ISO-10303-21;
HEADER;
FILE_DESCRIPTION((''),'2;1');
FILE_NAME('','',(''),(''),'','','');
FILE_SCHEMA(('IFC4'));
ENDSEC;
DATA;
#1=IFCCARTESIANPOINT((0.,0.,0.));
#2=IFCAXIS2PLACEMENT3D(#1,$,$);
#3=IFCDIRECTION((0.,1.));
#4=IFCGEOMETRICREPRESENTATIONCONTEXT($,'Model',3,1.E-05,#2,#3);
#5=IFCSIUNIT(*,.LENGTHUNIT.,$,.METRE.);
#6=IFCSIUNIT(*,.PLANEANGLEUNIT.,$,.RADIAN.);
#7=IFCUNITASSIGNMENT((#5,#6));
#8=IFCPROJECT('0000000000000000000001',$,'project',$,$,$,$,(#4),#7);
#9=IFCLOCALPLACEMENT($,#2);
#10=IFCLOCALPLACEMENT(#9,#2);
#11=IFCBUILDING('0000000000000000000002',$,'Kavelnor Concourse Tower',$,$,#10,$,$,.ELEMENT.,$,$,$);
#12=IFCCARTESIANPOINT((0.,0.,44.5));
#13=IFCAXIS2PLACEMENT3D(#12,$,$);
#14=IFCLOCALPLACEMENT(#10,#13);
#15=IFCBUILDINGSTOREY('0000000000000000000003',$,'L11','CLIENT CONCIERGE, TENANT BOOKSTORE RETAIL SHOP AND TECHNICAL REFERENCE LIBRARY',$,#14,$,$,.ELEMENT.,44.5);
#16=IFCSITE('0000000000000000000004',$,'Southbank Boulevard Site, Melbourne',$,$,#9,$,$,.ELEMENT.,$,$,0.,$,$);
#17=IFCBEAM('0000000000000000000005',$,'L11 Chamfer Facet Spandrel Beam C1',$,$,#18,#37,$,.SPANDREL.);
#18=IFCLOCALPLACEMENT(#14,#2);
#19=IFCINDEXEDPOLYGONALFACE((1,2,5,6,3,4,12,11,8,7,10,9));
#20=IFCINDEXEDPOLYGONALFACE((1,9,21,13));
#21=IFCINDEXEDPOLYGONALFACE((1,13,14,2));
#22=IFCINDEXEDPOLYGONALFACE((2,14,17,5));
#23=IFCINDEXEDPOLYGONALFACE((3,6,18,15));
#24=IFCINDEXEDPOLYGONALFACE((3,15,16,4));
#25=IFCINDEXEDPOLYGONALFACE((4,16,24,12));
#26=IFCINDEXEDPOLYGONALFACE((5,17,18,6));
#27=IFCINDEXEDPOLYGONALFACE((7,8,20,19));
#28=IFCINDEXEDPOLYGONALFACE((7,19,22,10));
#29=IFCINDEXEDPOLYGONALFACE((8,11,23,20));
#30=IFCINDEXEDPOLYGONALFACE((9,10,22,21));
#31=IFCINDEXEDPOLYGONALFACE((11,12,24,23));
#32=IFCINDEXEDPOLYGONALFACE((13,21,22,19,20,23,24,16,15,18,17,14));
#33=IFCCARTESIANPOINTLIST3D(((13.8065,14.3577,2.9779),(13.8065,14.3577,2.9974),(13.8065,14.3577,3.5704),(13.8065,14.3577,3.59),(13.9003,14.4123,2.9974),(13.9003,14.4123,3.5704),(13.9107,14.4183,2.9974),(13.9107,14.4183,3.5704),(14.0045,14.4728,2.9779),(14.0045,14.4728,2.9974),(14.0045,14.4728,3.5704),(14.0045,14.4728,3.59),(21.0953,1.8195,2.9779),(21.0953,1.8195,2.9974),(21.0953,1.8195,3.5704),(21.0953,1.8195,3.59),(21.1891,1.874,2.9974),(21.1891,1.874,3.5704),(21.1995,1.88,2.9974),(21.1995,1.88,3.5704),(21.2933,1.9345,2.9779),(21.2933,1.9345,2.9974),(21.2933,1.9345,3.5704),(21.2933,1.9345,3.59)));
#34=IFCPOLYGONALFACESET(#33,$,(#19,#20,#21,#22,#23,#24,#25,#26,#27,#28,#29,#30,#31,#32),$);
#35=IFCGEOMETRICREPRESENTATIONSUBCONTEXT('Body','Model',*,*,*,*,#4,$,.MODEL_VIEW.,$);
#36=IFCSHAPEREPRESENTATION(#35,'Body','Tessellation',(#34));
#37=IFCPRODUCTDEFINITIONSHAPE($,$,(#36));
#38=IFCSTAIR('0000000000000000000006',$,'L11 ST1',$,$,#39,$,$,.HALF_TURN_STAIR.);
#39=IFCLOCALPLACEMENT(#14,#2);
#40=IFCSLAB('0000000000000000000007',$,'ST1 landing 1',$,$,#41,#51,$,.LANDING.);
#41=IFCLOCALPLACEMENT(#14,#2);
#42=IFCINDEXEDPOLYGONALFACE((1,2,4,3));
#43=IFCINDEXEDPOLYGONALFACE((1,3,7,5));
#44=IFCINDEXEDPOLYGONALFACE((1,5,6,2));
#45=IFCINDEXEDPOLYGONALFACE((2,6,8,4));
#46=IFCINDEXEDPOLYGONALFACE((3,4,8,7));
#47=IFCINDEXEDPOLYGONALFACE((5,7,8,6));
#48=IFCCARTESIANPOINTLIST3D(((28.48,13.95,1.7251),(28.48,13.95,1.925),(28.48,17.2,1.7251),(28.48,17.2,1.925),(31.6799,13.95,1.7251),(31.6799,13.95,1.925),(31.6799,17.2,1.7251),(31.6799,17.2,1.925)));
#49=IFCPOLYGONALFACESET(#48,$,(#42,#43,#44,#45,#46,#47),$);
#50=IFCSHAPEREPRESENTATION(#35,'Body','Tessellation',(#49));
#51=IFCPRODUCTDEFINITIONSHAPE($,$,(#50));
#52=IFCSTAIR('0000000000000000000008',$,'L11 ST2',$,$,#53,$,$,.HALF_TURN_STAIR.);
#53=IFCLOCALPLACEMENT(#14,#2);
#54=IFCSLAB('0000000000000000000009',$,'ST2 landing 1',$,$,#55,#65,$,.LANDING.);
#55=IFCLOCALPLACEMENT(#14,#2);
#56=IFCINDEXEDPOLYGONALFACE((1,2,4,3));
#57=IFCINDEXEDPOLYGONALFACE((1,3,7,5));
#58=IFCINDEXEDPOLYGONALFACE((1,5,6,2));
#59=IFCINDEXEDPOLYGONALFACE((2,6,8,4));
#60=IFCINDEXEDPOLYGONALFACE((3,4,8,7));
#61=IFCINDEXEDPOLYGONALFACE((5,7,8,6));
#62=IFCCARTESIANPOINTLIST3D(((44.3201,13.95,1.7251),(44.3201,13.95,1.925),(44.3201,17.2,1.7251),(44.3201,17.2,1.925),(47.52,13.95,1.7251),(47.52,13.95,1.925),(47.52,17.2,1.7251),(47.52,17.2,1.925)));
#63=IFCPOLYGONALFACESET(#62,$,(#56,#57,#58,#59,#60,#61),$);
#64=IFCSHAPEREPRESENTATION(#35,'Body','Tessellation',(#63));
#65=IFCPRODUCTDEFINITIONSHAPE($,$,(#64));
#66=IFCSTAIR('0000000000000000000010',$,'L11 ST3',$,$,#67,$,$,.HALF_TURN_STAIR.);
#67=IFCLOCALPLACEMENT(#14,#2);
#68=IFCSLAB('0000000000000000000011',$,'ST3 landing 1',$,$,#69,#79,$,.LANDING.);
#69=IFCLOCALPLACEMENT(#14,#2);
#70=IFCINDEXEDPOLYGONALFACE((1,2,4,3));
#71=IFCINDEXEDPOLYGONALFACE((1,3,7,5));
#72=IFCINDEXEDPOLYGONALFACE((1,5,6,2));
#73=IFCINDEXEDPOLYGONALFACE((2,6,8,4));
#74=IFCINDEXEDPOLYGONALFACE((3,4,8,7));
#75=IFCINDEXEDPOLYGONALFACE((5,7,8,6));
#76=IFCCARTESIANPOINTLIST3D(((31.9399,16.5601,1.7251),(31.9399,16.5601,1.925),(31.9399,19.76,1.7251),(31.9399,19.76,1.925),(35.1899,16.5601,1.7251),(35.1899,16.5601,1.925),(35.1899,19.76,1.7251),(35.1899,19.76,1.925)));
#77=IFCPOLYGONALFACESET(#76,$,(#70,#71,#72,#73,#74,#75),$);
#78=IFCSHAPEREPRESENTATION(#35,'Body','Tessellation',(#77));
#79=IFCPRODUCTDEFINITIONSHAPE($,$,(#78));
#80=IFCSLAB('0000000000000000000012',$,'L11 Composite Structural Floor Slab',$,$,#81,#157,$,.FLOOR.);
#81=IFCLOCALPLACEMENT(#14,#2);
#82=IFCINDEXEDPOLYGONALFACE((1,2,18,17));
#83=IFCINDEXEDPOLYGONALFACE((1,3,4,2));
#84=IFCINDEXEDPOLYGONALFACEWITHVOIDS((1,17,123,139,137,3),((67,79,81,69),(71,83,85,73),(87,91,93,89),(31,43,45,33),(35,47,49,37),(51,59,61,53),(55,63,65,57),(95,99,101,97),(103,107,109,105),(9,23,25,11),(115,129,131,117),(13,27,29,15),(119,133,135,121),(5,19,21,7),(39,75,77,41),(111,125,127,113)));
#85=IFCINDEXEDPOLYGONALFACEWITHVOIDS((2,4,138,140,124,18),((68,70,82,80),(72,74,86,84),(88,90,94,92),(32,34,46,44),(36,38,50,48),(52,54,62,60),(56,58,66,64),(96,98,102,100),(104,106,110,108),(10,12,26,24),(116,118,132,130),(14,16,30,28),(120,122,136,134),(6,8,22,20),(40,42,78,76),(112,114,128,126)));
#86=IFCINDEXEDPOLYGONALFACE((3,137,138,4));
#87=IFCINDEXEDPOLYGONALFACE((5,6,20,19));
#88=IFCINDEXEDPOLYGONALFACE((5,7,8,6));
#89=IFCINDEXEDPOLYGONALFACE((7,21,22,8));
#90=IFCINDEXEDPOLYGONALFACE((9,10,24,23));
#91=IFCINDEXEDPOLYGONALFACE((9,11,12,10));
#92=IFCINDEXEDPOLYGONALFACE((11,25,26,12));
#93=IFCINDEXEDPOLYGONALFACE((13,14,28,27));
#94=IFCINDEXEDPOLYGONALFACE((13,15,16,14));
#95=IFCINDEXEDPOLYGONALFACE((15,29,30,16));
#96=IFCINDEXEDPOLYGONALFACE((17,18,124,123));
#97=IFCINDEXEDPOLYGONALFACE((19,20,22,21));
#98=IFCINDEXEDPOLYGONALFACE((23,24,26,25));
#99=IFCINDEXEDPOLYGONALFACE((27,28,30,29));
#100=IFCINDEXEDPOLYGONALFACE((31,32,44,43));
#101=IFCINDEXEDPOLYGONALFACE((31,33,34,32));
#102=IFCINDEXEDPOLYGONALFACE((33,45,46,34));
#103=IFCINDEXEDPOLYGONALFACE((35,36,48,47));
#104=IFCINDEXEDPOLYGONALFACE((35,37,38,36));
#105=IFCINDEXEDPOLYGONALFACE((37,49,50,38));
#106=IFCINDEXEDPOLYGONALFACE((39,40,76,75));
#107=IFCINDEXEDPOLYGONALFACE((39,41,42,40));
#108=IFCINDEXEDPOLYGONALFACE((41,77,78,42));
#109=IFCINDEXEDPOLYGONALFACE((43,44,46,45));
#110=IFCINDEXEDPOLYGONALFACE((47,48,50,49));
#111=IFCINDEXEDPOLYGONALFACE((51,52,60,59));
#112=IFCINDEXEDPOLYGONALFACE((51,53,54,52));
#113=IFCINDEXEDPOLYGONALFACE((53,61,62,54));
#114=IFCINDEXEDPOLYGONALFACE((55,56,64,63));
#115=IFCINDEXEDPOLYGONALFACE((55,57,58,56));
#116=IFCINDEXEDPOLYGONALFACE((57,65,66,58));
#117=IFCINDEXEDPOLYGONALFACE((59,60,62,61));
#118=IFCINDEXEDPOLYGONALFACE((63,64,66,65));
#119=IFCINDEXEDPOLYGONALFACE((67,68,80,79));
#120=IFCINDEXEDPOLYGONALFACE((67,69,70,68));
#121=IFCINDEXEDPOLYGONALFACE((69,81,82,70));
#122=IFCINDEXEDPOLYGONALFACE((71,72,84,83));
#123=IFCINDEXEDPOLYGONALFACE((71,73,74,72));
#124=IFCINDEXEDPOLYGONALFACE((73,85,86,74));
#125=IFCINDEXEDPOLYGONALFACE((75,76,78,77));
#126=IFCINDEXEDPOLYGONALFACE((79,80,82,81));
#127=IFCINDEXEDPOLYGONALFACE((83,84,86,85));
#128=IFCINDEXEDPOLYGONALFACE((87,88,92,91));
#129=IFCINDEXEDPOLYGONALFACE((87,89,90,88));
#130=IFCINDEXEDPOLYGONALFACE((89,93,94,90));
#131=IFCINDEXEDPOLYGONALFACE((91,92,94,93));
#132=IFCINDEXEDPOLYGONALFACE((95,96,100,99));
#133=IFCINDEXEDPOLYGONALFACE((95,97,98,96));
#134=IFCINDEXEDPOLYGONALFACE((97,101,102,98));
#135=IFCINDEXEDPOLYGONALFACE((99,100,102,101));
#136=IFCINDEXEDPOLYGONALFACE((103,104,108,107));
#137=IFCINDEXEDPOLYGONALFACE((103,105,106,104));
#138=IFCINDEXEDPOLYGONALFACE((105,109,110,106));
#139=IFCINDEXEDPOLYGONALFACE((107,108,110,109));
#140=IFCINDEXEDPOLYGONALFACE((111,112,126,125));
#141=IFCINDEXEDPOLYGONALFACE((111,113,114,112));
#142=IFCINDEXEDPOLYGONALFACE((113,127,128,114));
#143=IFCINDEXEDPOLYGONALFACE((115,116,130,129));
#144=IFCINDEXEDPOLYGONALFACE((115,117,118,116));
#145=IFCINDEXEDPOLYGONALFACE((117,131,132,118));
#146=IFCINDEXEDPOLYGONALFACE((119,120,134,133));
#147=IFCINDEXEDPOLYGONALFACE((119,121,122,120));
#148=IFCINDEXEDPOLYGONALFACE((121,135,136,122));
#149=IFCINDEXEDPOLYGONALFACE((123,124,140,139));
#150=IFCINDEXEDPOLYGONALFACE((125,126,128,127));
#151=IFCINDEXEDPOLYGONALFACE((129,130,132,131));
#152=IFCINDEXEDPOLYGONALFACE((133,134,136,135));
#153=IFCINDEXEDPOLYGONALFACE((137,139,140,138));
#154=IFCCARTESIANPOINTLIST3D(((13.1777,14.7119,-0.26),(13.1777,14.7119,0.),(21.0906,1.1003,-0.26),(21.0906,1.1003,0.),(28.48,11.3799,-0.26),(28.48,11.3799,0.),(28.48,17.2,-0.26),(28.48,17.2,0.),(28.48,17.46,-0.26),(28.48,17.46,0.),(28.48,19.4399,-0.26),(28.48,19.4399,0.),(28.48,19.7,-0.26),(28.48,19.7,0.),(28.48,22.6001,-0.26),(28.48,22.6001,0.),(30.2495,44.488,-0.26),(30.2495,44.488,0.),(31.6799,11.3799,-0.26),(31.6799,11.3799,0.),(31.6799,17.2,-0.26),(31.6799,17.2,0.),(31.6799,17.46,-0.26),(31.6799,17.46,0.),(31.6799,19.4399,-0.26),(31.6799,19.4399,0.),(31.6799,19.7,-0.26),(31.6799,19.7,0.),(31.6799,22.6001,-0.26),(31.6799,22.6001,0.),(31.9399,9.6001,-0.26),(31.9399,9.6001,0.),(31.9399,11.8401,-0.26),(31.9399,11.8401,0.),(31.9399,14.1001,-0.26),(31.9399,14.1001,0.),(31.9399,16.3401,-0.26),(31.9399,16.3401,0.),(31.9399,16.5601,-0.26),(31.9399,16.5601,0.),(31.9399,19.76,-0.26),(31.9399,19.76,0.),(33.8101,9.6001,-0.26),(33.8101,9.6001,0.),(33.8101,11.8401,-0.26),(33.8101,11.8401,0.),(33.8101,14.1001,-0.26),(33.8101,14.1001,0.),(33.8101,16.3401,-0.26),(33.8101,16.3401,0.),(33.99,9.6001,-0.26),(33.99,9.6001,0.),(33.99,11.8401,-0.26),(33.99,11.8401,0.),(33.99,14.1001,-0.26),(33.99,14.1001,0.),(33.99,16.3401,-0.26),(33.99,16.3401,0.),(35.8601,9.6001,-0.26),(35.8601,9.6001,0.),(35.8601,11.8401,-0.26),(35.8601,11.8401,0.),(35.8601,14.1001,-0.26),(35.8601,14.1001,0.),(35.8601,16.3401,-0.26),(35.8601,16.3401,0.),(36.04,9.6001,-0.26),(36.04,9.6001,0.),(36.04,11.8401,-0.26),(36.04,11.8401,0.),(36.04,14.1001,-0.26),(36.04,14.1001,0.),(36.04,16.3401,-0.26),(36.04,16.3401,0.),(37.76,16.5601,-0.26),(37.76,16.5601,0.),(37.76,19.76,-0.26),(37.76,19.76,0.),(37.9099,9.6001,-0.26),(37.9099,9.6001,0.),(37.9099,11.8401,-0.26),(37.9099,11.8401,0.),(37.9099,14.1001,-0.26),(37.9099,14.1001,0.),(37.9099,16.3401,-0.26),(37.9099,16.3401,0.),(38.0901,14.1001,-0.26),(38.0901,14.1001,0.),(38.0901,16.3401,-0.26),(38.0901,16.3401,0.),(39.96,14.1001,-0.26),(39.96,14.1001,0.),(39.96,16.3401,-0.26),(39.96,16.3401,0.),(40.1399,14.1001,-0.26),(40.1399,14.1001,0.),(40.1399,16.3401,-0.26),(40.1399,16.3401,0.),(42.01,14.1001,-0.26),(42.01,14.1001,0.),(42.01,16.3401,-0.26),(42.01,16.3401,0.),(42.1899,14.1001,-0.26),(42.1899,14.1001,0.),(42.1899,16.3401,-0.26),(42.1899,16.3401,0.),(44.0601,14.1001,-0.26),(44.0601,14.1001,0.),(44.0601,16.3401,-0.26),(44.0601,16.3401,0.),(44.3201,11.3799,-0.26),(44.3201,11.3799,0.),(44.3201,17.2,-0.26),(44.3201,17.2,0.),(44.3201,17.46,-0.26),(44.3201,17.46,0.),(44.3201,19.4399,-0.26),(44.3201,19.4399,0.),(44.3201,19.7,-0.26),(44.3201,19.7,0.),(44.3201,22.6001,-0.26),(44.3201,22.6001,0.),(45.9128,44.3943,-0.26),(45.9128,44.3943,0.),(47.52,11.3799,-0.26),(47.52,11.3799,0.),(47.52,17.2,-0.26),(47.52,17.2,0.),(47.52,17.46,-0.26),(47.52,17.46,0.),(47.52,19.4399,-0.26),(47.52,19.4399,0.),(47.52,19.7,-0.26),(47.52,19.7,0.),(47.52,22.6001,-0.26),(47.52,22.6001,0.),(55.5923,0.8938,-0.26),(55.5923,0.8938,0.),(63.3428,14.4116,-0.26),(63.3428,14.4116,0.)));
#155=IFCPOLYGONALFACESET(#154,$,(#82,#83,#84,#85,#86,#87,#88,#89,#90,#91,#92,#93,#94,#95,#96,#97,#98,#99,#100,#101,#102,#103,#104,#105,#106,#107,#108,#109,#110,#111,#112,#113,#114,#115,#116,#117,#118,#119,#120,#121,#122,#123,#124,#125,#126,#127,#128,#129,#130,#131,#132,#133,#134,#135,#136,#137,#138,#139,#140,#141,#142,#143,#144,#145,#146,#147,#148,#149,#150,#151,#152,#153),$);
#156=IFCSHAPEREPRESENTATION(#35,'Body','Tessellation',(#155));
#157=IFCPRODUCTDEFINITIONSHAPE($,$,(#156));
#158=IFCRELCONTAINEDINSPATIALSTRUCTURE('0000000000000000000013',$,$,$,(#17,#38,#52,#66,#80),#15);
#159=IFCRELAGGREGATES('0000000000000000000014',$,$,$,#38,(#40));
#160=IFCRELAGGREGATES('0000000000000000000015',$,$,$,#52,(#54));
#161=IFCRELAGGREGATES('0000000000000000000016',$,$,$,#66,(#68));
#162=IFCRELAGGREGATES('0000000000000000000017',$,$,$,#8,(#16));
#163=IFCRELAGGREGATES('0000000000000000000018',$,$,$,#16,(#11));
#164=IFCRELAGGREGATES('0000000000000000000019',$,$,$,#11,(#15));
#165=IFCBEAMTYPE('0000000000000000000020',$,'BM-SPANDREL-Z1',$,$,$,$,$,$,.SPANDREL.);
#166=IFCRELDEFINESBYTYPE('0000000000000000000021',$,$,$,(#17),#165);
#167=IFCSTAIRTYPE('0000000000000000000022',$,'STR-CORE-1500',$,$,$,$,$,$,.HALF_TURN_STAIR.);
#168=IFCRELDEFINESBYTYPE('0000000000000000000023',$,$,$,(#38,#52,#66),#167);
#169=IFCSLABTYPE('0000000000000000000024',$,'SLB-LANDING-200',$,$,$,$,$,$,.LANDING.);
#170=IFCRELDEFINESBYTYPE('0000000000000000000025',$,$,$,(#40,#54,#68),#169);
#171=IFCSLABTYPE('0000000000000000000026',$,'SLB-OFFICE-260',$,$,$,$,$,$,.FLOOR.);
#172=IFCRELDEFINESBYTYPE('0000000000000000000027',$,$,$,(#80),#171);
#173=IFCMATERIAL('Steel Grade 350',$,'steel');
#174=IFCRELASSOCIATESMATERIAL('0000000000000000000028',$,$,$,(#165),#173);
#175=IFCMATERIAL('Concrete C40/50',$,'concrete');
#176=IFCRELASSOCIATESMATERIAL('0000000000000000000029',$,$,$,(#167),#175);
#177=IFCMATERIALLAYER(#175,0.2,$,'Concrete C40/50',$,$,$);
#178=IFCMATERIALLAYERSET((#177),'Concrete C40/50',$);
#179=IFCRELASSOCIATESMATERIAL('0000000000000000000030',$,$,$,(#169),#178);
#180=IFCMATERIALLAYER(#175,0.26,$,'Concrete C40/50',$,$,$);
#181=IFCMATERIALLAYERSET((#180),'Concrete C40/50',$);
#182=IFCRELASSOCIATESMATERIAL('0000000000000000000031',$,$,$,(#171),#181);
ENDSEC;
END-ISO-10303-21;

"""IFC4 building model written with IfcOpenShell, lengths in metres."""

from ifc_helpers import new_model, si_unit, direction, frame, origin, origin_2d, place, context, subcontext, project, spatial, polyline, i_section, outline, extrude, material, layer, layer_set, material_profile, profile_set, type_object, element, aggregate, save


model = new_model("IFC4")

# Units and contexts
model_context = context("Model", 3, precision=1e-05, world=origin(), true_north=direction((0.0, 1.0)))
body_context = subcontext(model_context, "Body", "Model", "MODEL_VIEW")
ifc_project = project(units=[si_unit("LENGTHUNIT", "METRE"), si_unit("PLANEANGLEUNIT", "RADIAN")], contexts=[model_context])

# Site, building, storey
site_placement = place(None, origin())
site = spatial("IfcSite", under=ifc_project, at=site_placement, Name="Southbank Boulevard Site, Melbourne", CompositionType="ELEMENT", RefElevation=0.0)
building_placement = place(site_placement, origin())
building = spatial("IfcBuilding", under=site, at=building_placement, Name="Kavelnor Concourse Tower", CompositionType="ELEMENT")
storey_placement = place(building_placement, frame((0.0, 0.0, 44.5)))
storey = spatial("IfcBuildingStorey", under=building, at=storey_placement, Name="L11", Description="CLIENT CONCIERGE, TENANT BOOKSTORE RETAIL SHOP AND TECHNICAL REFERENCE LIBRARY", CompositionType="ELEMENT", Elevation=44.5)

# Beam
ifc_material_1 = material(Name="Steel Grade 350", Category="steel")
ifc_material_profile = material_profile(ifc_material_1, i_section(OverallWidth=0.229, OverallDepth=0.6121, WebThickness=0.012, FlangeThickness=0.0195, at=origin_2d()), Name="610UB125")
ifc_profile_set = profile_set([ifc_material_profile], Name="Steel Grade 350")
beam_type = type_object("IfcBeamType", Name="BM-SPANDREL-Z1", PredefinedType="SPANDREL", material=ifc_profile_set)
beam_placement = place(storey_placement, frame((13.9055, 14.4153, 3.2839), z_axis=(0.502574, -0.864534, 0.0), x_axis=(0.864534, 0.502574, 0.0)))
element("IfcBeam", 1, at=beam_placement, inside=storey, type_object=beam_type, Name="L11 Chamfer Facet Spandrel Beam C1", PredefinedType="SPANDREL", context=body_context, shape_type="SweptSolid", body=[
    extrude(i_section(OverallWidth=0.229, OverallDepth=0.6121, WebThickness=0.012, FlangeThickness=0.0195, at=origin_2d()), origin(), (0.0, 0.0, 1.0), 14.5029),
])

# Stairs, slabs
ifc_material_2 = material(Name="Concrete C40/50", Category="concrete")
stair_type = type_object("IfcStairType", Name="STR-CORE-1500", PredefinedType="HALF_TURN_STAIR", material=ifc_material_2)
stair_1_placement = place(storey_placement, origin())
stair_1 = element("IfcStair", 2, at=stair_1_placement, inside=storey, type_object=stair_type, Name="L11 ST1", PredefinedType="HALF_TURN_STAIR")
ifc_layer_1 = layer(ifc_material_2, 0.2, Name="Concrete C40/50")
ifc_layer_set_1 = layer_set([ifc_layer_1], Name="Concrete C40/50")
slab_type_1 = type_object("IfcSlabType", Name="SLB-LANDING-200", PredefinedType="LANDING", material=ifc_layer_set_1)
slab_1_placement = place(storey_placement, frame((0.0, 0.0, 1.7251)))
slab_1 = element("IfcSlab", 3, at=slab_1_placement, type_object=slab_type_1, Name="ST1 landing 1", PredefinedType="LANDING", context=body_context, shape_type="SweptSolid", body=[
    extrude(outline(polyline([(31.6799, 13.95), (31.6799, 17.2), (28.48, 17.2), (28.48, 13.95), (31.6799, 13.95)])), origin(), (0.0, 0.0, 1.0), 0.2),
])
aggregate(stair_1, [slab_1])
stair_2_placement = place(storey_placement, origin())
stair_2 = element("IfcStair", 4, at=stair_2_placement, inside=storey, type_object=stair_type, Name="L11 ST2", PredefinedType="HALF_TURN_STAIR")
slab_2_placement = place(storey_placement, frame((0.0, 0.0, 1.7251)))
slab_2 = element("IfcSlab", 5, at=slab_2_placement, type_object=slab_type_1, Name="ST2 landing 1", PredefinedType="LANDING", context=body_context, shape_type="SweptSolid", body=[
    extrude(outline(polyline([(47.52, 13.95), (47.52, 17.2), (44.3201, 17.2), (44.3201, 13.95), (47.52, 13.95)])), origin(), (0.0, 0.0, 1.0), 0.2),
])
aggregate(stair_2, [slab_2])
stair_3_placement = place(storey_placement, origin())
stair_3 = element("IfcStair", 6, at=stair_3_placement, inside=storey, type_object=stair_type, Name="L11 ST3", PredefinedType="HALF_TURN_STAIR")
slab_3_placement = place(storey_placement, frame((0.0, 0.0, 1.7251)))
slab_3 = element("IfcSlab", 7, at=slab_3_placement, type_object=slab_type_1, Name="ST3 landing 1", PredefinedType="LANDING", context=body_context, shape_type="SweptSolid", body=[
    extrude(outline(polyline([(35.1899, 19.76), (31.9399, 19.76), (31.9399, 16.5601), (35.1899, 16.5601), (35.1899, 19.76)])), origin(), (0.0, 0.0, 1.0), 0.2),
])
aggregate(stair_3, [slab_3])

# Slab
ifc_layer_2 = layer(ifc_material_2, 0.26, Name="Concrete C40/50")
ifc_layer_set_2 = layer_set([ifc_layer_2], Name="Concrete C40/50")
slab_type_2 = type_object("IfcSlabType", Name="SLB-OFFICE-260", PredefinedType="FLOOR", material=ifc_layer_set_2)
slab_4_placement = place(storey_placement, frame((0.0, 0.0, -0.26)))
element("IfcSlab", 8, at=slab_4_placement, inside=storey, type_object=slab_type_2, Name="L11 Composite Structural Floor Slab", PredefinedType="FLOOR", context=body_context, shape_type="SweptSolid", body=[
    extrude(outline(polyline([(45.9128, 44.3943), (30.2495, 44.488), (13.1777, 14.7119), (21.0906, 1.1003), (55.5923, 0.8938), (63.3428, 14.4116), (45.9128, 44.3943)]), holes=[polyline([(28.48, 11.3799), (31.6799, 11.3799), (31.6799, 17.2), (28.48, 17.2), (28.48, 11.3799)]), polyline([(44.3201, 11.3799), (47.52, 11.3799), (47.52, 17.2), (44.3201, 17.2), (44.3201, 11.3799)]), polyline([(31.9399, 16.5601), (37.76, 16.5601), (37.76, 19.76), (31.9399, 19.76), (31.9399, 16.5601)]), polyline([(28.48, 19.7), (31.6799, 19.7), (31.6799, 22.6001), (28.48, 22.6001), (28.48, 19.7)]), polyline([(44.3201, 19.7), (47.52, 19.7), (47.52, 22.6001), (44.3201, 22.6001), (44.3201, 19.7)]), polyline([(31.9399, 14.1001), (33.8101, 14.1001), (33.8101, 16.3401), (31.9399, 16.3401), (31.9399, 14.1001)]), polyline([(33.99, 14.1001), (35.8601, 14.1001), (35.8601, 16.3401), (33.99, 16.3401), (33.99, 14.1001)]), polyline([(36.04, 14.1001), (37.9099, 14.1001), (37.9099, 16.3401), (36.04, 16.3401), (36.04, 14.1001)]), polyline([(38.0901, 14.1001), (39.96, 14.1001), (39.96, 16.3401), (38.0901, 16.3401), (38.0901, 14.1001)]), polyline([(40.1399, 14.1001), (42.01, 14.1001), (42.01, 16.3401), (40.1399, 16.3401), (40.1399, 14.1001)]), polyline([(42.1899, 14.1001), (44.0601, 14.1001), (44.0601, 16.3401), (42.1899, 16.3401), (42.1899, 14.1001)]), polyline([(31.9399, 9.6001), (33.8101, 9.6001), (33.8101, 11.8401), (31.9399, 11.8401), (31.9399, 9.6001)]), polyline([(33.99, 9.6001), (35.8601, 9.6001), (35.8601, 11.8401), (33.99, 11.8401), (33.99, 9.6001)]), polyline([(36.04, 9.6001), (37.9099, 9.6001), (37.9099, 11.8401), (36.04, 11.8401), (36.04, 9.6001)]), polyline([(28.48, 17.46), (31.6799, 17.46), (31.6799, 19.4399), (28.48, 19.4399), (28.48, 17.46)]), polyline([(44.3201, 17.46), (47.52, 17.46), (47.52, 19.4399), (44.3201, 19.4399), (44.3201, 17.46)])]), origin(), (0.0, 0.0, 1.0), 0.26),
])

save(model, "model.ifc")
